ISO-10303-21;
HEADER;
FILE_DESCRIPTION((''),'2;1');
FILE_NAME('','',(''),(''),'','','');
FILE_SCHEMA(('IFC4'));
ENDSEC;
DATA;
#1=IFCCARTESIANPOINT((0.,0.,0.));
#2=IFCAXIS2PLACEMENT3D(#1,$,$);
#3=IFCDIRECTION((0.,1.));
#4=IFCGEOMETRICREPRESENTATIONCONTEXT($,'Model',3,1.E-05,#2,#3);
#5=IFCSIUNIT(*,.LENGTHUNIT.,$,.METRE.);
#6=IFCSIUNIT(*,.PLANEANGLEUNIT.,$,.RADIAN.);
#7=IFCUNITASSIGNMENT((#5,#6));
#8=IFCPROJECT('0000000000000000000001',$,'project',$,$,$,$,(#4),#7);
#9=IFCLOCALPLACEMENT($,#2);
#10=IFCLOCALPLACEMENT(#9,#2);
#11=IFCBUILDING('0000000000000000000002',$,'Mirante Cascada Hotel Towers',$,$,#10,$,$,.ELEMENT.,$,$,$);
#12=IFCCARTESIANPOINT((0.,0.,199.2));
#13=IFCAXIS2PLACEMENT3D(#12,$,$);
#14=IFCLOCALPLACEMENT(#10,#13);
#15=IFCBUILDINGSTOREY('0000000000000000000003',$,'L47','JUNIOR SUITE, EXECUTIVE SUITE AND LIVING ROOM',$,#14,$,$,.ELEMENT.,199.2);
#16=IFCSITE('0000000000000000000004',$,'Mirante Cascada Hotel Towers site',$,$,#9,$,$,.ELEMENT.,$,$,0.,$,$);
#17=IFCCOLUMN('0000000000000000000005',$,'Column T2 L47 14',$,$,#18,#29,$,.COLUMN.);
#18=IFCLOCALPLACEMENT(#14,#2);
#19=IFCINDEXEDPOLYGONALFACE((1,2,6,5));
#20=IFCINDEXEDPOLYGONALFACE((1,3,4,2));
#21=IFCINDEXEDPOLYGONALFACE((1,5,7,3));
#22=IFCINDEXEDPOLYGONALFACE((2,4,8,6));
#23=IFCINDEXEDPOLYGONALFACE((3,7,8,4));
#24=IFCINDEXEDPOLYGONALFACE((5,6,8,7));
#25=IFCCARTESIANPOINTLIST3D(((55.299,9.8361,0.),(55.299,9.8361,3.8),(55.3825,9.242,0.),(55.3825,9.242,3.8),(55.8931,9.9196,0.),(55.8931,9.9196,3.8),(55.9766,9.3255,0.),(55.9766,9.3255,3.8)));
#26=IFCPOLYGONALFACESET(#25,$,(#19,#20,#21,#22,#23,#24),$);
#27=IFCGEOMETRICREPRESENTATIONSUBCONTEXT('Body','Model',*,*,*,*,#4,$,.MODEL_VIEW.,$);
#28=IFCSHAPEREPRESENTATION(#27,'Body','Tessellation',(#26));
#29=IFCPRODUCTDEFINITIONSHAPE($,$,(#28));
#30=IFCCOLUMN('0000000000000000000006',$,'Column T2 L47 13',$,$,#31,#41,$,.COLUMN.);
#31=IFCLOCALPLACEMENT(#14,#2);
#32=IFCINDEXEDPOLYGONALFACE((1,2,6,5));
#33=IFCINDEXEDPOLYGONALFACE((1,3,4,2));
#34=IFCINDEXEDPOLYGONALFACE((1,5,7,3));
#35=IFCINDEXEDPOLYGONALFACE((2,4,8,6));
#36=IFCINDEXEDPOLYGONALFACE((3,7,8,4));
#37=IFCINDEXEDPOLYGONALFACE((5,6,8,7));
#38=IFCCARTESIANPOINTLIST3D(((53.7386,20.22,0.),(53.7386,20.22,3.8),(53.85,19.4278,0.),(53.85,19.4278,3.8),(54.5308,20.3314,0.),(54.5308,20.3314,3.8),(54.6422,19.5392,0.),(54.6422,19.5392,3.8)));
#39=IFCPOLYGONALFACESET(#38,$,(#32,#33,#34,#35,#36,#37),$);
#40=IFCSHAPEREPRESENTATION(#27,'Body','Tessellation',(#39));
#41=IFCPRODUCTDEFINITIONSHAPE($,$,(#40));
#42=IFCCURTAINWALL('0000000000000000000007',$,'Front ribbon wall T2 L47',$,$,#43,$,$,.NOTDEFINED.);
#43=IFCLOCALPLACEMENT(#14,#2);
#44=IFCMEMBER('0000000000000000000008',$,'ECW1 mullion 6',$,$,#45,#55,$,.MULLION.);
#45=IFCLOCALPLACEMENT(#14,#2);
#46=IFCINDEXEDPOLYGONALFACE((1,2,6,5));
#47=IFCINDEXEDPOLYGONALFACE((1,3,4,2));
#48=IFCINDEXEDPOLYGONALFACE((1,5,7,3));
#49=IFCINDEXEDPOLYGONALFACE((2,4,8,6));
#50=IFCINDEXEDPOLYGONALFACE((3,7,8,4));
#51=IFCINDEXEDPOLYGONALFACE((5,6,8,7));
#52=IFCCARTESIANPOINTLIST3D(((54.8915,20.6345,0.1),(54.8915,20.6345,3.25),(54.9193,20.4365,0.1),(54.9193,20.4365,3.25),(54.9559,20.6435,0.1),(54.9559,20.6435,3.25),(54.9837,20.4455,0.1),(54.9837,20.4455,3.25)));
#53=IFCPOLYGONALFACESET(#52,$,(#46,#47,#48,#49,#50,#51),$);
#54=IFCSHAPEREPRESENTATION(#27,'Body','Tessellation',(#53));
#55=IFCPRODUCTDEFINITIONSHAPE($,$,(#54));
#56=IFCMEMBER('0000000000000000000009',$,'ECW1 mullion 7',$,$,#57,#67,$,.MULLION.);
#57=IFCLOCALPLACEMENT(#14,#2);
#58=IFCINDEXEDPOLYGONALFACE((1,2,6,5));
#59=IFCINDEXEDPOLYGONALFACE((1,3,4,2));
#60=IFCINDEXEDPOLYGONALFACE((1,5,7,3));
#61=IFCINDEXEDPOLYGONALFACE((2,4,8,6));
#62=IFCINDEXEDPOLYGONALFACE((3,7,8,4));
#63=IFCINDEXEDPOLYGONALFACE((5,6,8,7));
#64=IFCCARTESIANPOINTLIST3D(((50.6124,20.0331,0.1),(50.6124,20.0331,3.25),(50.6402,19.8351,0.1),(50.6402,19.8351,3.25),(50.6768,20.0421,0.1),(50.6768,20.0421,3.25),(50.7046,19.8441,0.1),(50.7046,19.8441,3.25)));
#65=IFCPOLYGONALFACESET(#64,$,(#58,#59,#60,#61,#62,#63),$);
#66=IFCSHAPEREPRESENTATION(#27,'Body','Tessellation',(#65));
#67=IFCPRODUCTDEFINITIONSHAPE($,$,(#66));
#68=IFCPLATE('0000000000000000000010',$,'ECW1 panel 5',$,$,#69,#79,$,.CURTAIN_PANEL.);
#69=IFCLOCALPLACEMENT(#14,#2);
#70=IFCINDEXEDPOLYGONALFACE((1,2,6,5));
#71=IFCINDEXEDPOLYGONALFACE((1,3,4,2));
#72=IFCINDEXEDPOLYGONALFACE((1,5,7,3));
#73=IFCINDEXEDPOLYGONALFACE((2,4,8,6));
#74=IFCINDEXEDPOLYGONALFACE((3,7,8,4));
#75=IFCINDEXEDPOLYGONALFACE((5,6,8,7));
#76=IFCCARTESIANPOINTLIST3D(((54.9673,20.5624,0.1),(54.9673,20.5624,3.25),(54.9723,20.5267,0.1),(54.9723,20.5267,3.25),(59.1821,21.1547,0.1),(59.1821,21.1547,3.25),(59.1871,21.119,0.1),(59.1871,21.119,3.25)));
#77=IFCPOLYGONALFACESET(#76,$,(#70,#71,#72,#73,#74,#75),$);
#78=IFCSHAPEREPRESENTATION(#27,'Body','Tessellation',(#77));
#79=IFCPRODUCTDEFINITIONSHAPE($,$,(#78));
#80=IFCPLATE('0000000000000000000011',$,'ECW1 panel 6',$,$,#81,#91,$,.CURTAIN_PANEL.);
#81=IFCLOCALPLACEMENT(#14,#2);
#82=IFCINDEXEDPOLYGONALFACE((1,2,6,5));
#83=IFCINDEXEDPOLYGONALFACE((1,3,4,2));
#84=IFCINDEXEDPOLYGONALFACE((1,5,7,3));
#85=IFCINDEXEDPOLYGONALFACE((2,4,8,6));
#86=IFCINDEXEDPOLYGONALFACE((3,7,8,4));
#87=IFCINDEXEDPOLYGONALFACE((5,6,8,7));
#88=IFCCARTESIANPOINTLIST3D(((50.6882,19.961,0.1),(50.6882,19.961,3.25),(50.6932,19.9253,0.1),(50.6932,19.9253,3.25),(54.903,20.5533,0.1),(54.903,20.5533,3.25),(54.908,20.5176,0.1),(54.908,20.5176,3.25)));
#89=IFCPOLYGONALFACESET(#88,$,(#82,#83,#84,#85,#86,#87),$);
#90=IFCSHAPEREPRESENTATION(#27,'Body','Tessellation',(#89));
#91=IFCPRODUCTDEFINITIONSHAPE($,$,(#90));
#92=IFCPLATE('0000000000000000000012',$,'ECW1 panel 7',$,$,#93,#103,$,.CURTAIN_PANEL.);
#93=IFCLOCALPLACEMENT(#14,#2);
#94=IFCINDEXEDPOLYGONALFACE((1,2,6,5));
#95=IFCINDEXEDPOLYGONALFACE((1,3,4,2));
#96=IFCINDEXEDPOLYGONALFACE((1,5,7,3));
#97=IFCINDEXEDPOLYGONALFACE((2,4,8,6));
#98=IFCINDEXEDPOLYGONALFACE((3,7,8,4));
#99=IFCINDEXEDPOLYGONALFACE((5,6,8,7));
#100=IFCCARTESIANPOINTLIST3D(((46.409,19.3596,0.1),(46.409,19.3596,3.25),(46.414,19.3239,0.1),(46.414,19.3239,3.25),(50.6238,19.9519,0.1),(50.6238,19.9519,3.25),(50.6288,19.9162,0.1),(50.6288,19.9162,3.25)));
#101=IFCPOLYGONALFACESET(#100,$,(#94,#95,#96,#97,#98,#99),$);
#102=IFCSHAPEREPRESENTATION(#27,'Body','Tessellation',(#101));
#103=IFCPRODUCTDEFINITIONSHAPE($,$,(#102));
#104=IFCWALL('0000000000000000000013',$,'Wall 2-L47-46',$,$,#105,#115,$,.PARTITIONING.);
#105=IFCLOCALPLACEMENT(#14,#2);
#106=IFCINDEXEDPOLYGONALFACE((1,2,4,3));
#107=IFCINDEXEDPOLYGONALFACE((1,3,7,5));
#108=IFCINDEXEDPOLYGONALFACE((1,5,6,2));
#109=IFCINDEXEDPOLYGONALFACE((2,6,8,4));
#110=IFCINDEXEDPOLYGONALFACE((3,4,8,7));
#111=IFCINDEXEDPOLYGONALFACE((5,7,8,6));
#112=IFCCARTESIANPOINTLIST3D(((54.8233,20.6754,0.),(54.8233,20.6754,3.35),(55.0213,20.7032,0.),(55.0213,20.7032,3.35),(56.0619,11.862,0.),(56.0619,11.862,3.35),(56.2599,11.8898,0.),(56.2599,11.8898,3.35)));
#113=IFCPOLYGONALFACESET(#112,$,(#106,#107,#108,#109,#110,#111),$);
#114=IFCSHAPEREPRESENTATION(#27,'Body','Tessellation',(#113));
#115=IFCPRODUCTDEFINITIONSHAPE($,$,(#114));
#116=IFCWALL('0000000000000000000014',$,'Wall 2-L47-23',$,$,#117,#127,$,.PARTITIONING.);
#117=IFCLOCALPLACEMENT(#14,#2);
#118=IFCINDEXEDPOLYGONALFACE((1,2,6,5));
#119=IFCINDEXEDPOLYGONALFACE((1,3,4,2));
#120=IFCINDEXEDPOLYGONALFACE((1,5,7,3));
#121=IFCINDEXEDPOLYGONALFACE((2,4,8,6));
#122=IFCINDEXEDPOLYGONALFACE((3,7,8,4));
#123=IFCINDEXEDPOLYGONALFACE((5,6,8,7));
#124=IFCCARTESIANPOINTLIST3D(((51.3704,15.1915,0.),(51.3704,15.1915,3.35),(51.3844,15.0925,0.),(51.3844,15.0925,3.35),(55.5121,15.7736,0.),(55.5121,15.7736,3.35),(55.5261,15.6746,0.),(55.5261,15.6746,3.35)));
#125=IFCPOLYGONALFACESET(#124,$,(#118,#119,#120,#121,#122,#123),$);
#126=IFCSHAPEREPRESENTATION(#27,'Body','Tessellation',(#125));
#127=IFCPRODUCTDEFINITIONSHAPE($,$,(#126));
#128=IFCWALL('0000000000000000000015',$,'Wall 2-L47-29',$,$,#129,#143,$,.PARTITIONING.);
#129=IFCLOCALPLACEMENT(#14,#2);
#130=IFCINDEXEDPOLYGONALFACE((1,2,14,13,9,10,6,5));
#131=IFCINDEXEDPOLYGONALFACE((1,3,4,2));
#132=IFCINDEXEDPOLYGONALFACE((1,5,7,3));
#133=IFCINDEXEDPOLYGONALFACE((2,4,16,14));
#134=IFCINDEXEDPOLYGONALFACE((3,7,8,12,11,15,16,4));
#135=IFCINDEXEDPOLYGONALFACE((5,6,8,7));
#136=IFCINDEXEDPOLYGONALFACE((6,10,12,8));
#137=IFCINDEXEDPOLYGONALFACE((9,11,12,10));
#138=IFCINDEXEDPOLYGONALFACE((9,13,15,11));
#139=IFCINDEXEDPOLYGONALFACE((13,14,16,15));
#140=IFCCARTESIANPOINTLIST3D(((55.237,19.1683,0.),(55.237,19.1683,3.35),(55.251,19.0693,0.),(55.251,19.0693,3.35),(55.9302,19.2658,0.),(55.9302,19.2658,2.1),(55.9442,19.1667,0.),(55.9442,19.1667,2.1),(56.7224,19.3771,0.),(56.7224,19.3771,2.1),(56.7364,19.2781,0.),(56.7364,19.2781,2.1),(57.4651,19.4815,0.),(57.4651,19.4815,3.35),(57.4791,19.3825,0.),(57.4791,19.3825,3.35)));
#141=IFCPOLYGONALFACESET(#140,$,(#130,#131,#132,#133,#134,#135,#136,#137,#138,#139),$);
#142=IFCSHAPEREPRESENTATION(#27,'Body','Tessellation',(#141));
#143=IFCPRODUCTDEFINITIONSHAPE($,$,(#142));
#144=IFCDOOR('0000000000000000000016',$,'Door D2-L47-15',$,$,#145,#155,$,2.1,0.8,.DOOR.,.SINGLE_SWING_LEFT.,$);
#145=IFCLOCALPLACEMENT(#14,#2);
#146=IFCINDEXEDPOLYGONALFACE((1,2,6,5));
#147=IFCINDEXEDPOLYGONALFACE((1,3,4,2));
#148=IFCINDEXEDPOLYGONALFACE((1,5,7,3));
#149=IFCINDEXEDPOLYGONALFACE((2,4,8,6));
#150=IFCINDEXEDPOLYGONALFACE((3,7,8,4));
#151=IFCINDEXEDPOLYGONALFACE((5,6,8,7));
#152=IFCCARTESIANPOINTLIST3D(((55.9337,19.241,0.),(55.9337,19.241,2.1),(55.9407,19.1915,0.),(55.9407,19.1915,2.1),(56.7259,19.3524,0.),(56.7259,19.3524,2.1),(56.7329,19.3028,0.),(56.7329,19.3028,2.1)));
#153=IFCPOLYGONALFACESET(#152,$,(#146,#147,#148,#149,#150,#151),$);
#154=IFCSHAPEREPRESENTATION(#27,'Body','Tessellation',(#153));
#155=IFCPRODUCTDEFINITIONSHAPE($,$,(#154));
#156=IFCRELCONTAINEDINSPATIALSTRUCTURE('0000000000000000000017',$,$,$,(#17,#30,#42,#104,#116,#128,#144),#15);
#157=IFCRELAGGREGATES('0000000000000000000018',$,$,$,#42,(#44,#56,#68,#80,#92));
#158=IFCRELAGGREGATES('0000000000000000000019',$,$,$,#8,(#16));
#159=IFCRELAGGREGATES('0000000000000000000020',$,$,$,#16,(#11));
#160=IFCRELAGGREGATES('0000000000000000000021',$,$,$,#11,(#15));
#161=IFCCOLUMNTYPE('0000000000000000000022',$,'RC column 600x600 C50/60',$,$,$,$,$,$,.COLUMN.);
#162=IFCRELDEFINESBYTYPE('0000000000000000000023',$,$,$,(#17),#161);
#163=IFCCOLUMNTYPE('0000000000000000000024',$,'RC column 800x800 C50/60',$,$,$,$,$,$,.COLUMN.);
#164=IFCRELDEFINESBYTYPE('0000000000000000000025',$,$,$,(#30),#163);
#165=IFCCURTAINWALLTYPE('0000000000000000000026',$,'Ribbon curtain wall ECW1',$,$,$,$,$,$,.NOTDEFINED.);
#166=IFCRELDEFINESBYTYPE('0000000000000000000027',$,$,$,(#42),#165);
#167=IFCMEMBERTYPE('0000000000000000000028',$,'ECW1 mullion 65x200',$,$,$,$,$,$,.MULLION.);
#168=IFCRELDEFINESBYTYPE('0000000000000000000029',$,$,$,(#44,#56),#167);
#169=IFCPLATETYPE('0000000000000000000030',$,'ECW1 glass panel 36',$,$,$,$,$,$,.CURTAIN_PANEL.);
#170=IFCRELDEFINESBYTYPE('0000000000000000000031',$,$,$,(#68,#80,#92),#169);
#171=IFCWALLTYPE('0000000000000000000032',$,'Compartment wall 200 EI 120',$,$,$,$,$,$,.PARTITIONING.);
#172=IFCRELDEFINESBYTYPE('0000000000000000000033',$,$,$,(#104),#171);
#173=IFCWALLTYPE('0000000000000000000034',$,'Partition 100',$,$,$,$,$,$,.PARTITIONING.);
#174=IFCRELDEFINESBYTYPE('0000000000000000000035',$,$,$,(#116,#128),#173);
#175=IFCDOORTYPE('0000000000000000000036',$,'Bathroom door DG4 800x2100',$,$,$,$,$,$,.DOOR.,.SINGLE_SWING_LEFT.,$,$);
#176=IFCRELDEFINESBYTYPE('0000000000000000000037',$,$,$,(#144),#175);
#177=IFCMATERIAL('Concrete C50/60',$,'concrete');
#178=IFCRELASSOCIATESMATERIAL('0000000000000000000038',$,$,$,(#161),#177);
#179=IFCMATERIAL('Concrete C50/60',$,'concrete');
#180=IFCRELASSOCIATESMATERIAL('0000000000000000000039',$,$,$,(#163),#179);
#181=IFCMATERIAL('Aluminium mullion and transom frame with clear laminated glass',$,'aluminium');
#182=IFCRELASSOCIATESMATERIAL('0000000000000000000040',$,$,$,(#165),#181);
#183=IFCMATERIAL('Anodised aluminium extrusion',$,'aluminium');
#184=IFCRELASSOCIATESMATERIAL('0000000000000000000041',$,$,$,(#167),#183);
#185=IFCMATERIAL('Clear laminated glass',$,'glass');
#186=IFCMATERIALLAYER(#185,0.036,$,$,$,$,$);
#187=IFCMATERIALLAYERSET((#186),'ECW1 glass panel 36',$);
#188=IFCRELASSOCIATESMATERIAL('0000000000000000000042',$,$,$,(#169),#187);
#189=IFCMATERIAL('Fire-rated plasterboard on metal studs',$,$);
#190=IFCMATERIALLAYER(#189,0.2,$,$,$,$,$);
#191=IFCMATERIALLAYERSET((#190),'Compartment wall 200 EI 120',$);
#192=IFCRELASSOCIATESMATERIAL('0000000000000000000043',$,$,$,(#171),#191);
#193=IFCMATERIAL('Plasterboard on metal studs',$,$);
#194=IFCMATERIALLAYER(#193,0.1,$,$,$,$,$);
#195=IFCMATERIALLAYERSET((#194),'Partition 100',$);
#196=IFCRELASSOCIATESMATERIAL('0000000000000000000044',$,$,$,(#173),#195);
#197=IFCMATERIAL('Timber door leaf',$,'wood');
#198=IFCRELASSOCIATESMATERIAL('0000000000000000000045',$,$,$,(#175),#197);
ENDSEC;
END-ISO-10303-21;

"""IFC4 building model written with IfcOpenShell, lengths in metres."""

from ifc_helpers import new_model, si_unit, direction, frame, frame_2d, origin, origin_2d, place, context, subcontext, project, spatial, rectangle, extrude, material, layer, layer_set, material_profile, profile_set, type_object, element, fill, aggregate, save


model = new_model("IFC4")

# Units and contexts
model_context = context("Model", 3, precision=1e-05, world=origin(), true_north=direction((0.0, 1.0)))
body_context = subcontext(model_context, "Body", "Model", "MODEL_VIEW")
ifc_project = project(units=[si_unit("LENGTHUNIT", "METRE"), si_unit("PLANEANGLEUNIT", "RADIAN")], contexts=[model_context])

# Site, building, storey
site_placement = place(None, origin())
site = spatial("IfcSite", under=ifc_project, at=site_placement, Name="Mirante Cascada Hotel Towers site", CompositionType="ELEMENT", RefElevation=0.0)
building_placement = place(site_placement, origin())
building = spatial("IfcBuilding", under=site, at=building_placement, Name="Mirante Cascada Hotel Towers", CompositionType="ELEMENT")
storey_placement = place(building_placement, frame((0.0, 0.0, 199.2)))
storey = spatial("IfcBuildingStorey", under=building, at=storey_placement, Name="L47", Description="JUNIOR SUITE, EXECUTIVE SUITE AND LIVING ROOM", CompositionType="ELEMENT", Elevation=199.2)

# Columns
ifc_material_1 = material(Name="Concrete C50/60", Category="concrete")
ifc_material_profile_1 = material_profile(ifc_material_1, rectangle(XDim=0.6, YDim=0.6, at=origin_2d()), Name="RC column 600x600 C50/60")
ifc_profile_set_1 = profile_set([ifc_material_profile_1], Name="Concrete C50/60")
column_type_1 = type_object("IfcColumnType", Name="RC column 600x600 C50/60", PredefinedType="COLUMN", material=ifc_profile_set_1)
column_1_placement = place(storey_placement, frame((55.6378, 9.5808, 0.0), z_axis=(0.0, 0.0, 1.0), x_axis=(0.990268, 0.139173, 0.0)))
element("IfcColumn", 1, at=column_1_placement, inside=storey, type_object=column_type_1, Name="Column T2 L47 14", PredefinedType="COLUMN", context=body_context, shape_type="SweptSolid", body=[
    extrude(rectangle(XDim=0.6, YDim=0.6, at=origin_2d()), origin(), (0.0, 0.0, 1.0), 3.8),
])
ifc_material_2 = material(Name="Concrete C50/60", Category="concrete")
ifc_material_profile_2 = material_profile(ifc_material_2, rectangle(XDim=0.8, YDim=0.8, at=origin_2d()), Name="RC column 800x800 C50/60")
ifc_profile_set_2 = profile_set([ifc_material_profile_2], Name="Concrete C50/60")
column_type_2 = type_object("IfcColumnType", Name="RC column 800x800 C50/60", PredefinedType="COLUMN", material=ifc_profile_set_2)
column_2_placement = place(storey_placement, frame((54.1904, 19.8796, 0.0), z_axis=(0.0, 0.0, 1.0), x_axis=(0.990268, 0.139173, 0.0)))
element("IfcColumn", 2, at=column_2_placement, inside=storey, type_object=column_type_2, Name="Column T2 L47 13", PredefinedType="COLUMN", context=body_context, shape_type="SweptSolid", body=[
    extrude(rectangle(XDim=0.8, YDim=0.8, at=origin_2d()), origin(), (0.0, 0.0, 1.0), 3.8),
])

# Curtain wall, members, plates
ifc_material_3 = material(Name="Aluminium mullion and transom frame with clear laminated glass", Category="aluminium")
curtain_wall_type = type_object("IfcCurtainWallType", Name="Ribbon curtain wall ECW1", PredefinedType="NOTDEFINED", material=ifc_material_3)
curtain_wall_placement = place(storey_placement, origin())
curtain_wall = element("IfcCurtainWall", 3, at=curtain_wall_placement, inside=storey, type_object=curtain_wall_type, Name="Front ribbon wall T2 L47", PredefinedType="NOTDEFINED")
ifc_material_4 = material(Name="Anodised aluminium extrusion", Category="aluminium")
ifc_material_profile_3 = material_profile(ifc_material_4, rectangle(XDim=0.2, YDim=0.065, at=origin_2d()), Name="ECW1 MULLION 65x200")
ifc_profile_set_3 = profile_set([ifc_material_profile_3], Name="Anodised aluminium extrusion")
member_type = type_object("IfcMemberType", Name="ECW1 mullion 65x200", PredefinedType="MULLION", material=ifc_profile_set_3)
member_1_placement = place(storey_placement, frame((54.9376, 20.54, 0.1), z_axis=(0.0, 0.0, 1.0), x_axis=(0.139173, -0.990268, 0.0)))
member_1 = element("IfcMember", 4, at=member_1_placement, type_object=member_type, Name="ECW1 mullion 6", PredefinedType="MULLION", context=body_context, shape_type="SweptSolid", body=[
    extrude(rectangle(XDim=0.2, YDim=0.065, at=origin_2d()), origin(), (0.0, 0.0, 1.0), 3.15),
])
member_2_placement = place(storey_placement, frame((50.6585, 19.9386, 0.1), z_axis=(0.0, 0.0, 1.0), x_axis=(0.139173, -0.990268, 0.0)))
member_2 = element("IfcMember", 5, at=member_2_placement, type_object=member_type, Name="ECW1 mullion 7", PredefinedType="MULLION", context=body_context, shape_type="SweptSolid", body=[
    extrude(rectangle(XDim=0.2, YDim=0.065, at=origin_2d()), origin(), (0.0, 0.0, 1.0), 3.15),
])
ifc_material_5 = material(Name="Clear laminated glass", Category="glass")
ifc_layer_1 = layer(ifc_material_5, 0.036)
ifc_layer_set_1 = layer_set([ifc_layer_1], Name="ECW1 glass panel 36")
plate_type = type_object("IfcPlateType", Name="ECW1 glass panel 36", PredefinedType="CURTAIN_PANEL", material=ifc_layer_set_1)
plate_1_placement = place(storey_placement, frame((57.0772, 20.8407, 0.1), z_axis=(0.0, 0.0, 1.0), x_axis=(-0.990268, -0.139173, 0.0)))
plate_1 = element("IfcPlate", 6, at=plate_1_placement, type_object=plate_type, Name="ECW1 panel 5", PredefinedType="CURTAIN_PANEL", context=body_context, shape_type="SweptSolid", body=[
    extrude(rectangle(XDim=4.2562, YDim=0.036, at=origin_2d()), origin(), (0.0, 0.0, 1.0), 3.15),
])
plate_2_placement = place(storey_placement, frame((52.7981, 20.2393, 0.1), z_axis=(0.0, 0.0, 1.0), x_axis=(-0.990268, -0.139173, 0.0)))
plate_2 = element("IfcPlate", 7, at=plate_2_placement, type_object=plate_type, Name="ECW1 panel 6", PredefinedType="CURTAIN_PANEL", context=body_context, shape_type="SweptSolid", body=[
    extrude(rectangle(XDim=4.2562, YDim=0.036, at=origin_2d()), origin(), (0.0, 0.0, 1.0), 3.15),
])
plate_3_placement = place(storey_placement, frame((48.5189, 19.6379, 0.1), z_axis=(0.0, 0.0, 1.0), x_axis=(-0.990268, -0.139173, 0.0)))
plate_3 = element("IfcPlate", 8, at=plate_3_placement, type_object=plate_type, Name="ECW1 panel 7", PredefinedType="CURTAIN_PANEL", context=body_context, shape_type="SweptSolid", body=[
    extrude(rectangle(XDim=4.2562, YDim=0.036, at=origin_2d()), origin(), (0.0, 0.0, 1.0), 3.15),
])
aggregate(curtain_wall, [member_1, member_2, plate_1, plate_2, plate_3])

# Walls
ifc_material_6 = material(Name="Fire-rated plasterboard on metal studs")
ifc_layer_2 = layer(ifc_material_6, 0.2)
ifc_layer_set_2 = layer_set([ifc_layer_2], Name="Compartment wall 200 EI 120")
wall_type_1 = type_object("IfcWallType", Name="Compartment wall 200 EI 120", PredefinedType="PARTITIONING", material=ifc_layer_set_2)
wall_1_placement = place(storey_placement, frame((56.1609, 11.8759, 0.0), z_axis=(0.0, 0.0, 1.0), x_axis=(-0.139168, 0.990269, 0.0)))
element("IfcWall", 9, at=wall_1_placement, inside=storey, type_object=wall_type_1, Name="Wall 2-L47-46", PredefinedType="PARTITIONING", context=body_context, shape_type="SweptSolid", body=[
    extrude(rectangle(XDim=8.9, YDim=0.2, at=frame_2d((4.45, 0.0))), origin(), (0.0, 0.0, 1.0), 3.35),
])
ifc_material_7 = material(Name="Plasterboard on metal studs")
ifc_layer_3 = layer(ifc_material_7, 0.1)
ifc_layer_set_3 = layer_set([ifc_layer_3], Name="Partition 100")
wall_type_2 = type_object("IfcWallType", Name="Partition 100", PredefinedType="PARTITIONING", material=ifc_layer_set_3)
wall_2_placement = place(storey_placement, frame((55.5191, 15.7241, 0.0), z_axis=(0.0, 0.0, 1.0), x_axis=(-0.990267, -0.139178, 0.0)))
element("IfcWall", 10, at=wall_2_placement, inside=storey, type_object=wall_type_2, Name="Wall 2-L47-23", PredefinedType="PARTITIONING", context=body_context, shape_type="SweptSolid", body=[
    extrude(rectangle(XDim=4.1824, YDim=0.1, at=frame_2d((2.0912, 0.0))), origin(), (0.0, 0.0, 1.0), 3.35),
])

# Wall, opening, door
wall_3_placement = place(storey_placement, frame((57.4721, 19.432, 0.0), z_axis=(0.0, 0.0, 1.0), x_axis=(-0.990264, -0.1392, 0.0)))
wall_3 = element("IfcWall", 11, at=wall_3_placement, inside=storey, type_object=wall_type_2, Name="Wall 2-L47-29", PredefinedType="PARTITIONING", context=body_context, shape_type="SweptSolid", body=[
    extrude(rectangle(XDim=2.25, YDim=0.1, at=frame_2d((1.125, 0.0))), origin(), (0.0, 0.0, 1.0), 3.35),
])
opening_1_placement = place(wall_3_placement, frame((0.75, 0.0, 0.0)))
opening_1 = element("IfcOpeningElement", 12, at=opening_1_placement, cuts=wall_3, PredefinedType="OPENING", context=body_context, shape_type="SweptSolid", body=[
    extrude(rectangle(XDim=0.8, YDim=2.1, at=frame_2d((0.4, 1.05))), frame((0.0, 0.05, 0.0), z_axis=(0.0, -1.0, 0.0), x_axis=(1.0, 0.0, 0.0)), (0.0, 0.0, 1.0), 0.1),
])
ifc_material_8 = material(Name="Timber door leaf", Category="wood")
door_type_1 = type_object("IfcDoorType", Name="Bathroom door DG4 800x2100", OperationType="SINGLE_SWING_LEFT", PredefinedType="DOOR", material=ifc_material_8)
door_1_placement = place(opening_1_placement, origin())
door_1 = element("IfcDoor", 13, at=door_1_placement, inside=storey, type_object=door_type_1, Name="Door D2-L47-15", OperationType="SINGLE_SWING_LEFT", OverallHeight=2.1, OverallWidth=0.8, PredefinedType="DOOR", context=body_context, shape_type="SweptSolid", body=[
    extrude(rectangle(XDim=0.8, YDim=2.1, at=frame_2d((0.4, 1.05))), frame((0.0, 0.025, 0.0), z_axis=(0.0, -1.0, 0.0), x_axis=(1.0, 0.0, 0.0)), (0.0, 0.0, 1.0), 0.05),
])
fill(opening_1, door_1)

save(model, "model.ifc")
